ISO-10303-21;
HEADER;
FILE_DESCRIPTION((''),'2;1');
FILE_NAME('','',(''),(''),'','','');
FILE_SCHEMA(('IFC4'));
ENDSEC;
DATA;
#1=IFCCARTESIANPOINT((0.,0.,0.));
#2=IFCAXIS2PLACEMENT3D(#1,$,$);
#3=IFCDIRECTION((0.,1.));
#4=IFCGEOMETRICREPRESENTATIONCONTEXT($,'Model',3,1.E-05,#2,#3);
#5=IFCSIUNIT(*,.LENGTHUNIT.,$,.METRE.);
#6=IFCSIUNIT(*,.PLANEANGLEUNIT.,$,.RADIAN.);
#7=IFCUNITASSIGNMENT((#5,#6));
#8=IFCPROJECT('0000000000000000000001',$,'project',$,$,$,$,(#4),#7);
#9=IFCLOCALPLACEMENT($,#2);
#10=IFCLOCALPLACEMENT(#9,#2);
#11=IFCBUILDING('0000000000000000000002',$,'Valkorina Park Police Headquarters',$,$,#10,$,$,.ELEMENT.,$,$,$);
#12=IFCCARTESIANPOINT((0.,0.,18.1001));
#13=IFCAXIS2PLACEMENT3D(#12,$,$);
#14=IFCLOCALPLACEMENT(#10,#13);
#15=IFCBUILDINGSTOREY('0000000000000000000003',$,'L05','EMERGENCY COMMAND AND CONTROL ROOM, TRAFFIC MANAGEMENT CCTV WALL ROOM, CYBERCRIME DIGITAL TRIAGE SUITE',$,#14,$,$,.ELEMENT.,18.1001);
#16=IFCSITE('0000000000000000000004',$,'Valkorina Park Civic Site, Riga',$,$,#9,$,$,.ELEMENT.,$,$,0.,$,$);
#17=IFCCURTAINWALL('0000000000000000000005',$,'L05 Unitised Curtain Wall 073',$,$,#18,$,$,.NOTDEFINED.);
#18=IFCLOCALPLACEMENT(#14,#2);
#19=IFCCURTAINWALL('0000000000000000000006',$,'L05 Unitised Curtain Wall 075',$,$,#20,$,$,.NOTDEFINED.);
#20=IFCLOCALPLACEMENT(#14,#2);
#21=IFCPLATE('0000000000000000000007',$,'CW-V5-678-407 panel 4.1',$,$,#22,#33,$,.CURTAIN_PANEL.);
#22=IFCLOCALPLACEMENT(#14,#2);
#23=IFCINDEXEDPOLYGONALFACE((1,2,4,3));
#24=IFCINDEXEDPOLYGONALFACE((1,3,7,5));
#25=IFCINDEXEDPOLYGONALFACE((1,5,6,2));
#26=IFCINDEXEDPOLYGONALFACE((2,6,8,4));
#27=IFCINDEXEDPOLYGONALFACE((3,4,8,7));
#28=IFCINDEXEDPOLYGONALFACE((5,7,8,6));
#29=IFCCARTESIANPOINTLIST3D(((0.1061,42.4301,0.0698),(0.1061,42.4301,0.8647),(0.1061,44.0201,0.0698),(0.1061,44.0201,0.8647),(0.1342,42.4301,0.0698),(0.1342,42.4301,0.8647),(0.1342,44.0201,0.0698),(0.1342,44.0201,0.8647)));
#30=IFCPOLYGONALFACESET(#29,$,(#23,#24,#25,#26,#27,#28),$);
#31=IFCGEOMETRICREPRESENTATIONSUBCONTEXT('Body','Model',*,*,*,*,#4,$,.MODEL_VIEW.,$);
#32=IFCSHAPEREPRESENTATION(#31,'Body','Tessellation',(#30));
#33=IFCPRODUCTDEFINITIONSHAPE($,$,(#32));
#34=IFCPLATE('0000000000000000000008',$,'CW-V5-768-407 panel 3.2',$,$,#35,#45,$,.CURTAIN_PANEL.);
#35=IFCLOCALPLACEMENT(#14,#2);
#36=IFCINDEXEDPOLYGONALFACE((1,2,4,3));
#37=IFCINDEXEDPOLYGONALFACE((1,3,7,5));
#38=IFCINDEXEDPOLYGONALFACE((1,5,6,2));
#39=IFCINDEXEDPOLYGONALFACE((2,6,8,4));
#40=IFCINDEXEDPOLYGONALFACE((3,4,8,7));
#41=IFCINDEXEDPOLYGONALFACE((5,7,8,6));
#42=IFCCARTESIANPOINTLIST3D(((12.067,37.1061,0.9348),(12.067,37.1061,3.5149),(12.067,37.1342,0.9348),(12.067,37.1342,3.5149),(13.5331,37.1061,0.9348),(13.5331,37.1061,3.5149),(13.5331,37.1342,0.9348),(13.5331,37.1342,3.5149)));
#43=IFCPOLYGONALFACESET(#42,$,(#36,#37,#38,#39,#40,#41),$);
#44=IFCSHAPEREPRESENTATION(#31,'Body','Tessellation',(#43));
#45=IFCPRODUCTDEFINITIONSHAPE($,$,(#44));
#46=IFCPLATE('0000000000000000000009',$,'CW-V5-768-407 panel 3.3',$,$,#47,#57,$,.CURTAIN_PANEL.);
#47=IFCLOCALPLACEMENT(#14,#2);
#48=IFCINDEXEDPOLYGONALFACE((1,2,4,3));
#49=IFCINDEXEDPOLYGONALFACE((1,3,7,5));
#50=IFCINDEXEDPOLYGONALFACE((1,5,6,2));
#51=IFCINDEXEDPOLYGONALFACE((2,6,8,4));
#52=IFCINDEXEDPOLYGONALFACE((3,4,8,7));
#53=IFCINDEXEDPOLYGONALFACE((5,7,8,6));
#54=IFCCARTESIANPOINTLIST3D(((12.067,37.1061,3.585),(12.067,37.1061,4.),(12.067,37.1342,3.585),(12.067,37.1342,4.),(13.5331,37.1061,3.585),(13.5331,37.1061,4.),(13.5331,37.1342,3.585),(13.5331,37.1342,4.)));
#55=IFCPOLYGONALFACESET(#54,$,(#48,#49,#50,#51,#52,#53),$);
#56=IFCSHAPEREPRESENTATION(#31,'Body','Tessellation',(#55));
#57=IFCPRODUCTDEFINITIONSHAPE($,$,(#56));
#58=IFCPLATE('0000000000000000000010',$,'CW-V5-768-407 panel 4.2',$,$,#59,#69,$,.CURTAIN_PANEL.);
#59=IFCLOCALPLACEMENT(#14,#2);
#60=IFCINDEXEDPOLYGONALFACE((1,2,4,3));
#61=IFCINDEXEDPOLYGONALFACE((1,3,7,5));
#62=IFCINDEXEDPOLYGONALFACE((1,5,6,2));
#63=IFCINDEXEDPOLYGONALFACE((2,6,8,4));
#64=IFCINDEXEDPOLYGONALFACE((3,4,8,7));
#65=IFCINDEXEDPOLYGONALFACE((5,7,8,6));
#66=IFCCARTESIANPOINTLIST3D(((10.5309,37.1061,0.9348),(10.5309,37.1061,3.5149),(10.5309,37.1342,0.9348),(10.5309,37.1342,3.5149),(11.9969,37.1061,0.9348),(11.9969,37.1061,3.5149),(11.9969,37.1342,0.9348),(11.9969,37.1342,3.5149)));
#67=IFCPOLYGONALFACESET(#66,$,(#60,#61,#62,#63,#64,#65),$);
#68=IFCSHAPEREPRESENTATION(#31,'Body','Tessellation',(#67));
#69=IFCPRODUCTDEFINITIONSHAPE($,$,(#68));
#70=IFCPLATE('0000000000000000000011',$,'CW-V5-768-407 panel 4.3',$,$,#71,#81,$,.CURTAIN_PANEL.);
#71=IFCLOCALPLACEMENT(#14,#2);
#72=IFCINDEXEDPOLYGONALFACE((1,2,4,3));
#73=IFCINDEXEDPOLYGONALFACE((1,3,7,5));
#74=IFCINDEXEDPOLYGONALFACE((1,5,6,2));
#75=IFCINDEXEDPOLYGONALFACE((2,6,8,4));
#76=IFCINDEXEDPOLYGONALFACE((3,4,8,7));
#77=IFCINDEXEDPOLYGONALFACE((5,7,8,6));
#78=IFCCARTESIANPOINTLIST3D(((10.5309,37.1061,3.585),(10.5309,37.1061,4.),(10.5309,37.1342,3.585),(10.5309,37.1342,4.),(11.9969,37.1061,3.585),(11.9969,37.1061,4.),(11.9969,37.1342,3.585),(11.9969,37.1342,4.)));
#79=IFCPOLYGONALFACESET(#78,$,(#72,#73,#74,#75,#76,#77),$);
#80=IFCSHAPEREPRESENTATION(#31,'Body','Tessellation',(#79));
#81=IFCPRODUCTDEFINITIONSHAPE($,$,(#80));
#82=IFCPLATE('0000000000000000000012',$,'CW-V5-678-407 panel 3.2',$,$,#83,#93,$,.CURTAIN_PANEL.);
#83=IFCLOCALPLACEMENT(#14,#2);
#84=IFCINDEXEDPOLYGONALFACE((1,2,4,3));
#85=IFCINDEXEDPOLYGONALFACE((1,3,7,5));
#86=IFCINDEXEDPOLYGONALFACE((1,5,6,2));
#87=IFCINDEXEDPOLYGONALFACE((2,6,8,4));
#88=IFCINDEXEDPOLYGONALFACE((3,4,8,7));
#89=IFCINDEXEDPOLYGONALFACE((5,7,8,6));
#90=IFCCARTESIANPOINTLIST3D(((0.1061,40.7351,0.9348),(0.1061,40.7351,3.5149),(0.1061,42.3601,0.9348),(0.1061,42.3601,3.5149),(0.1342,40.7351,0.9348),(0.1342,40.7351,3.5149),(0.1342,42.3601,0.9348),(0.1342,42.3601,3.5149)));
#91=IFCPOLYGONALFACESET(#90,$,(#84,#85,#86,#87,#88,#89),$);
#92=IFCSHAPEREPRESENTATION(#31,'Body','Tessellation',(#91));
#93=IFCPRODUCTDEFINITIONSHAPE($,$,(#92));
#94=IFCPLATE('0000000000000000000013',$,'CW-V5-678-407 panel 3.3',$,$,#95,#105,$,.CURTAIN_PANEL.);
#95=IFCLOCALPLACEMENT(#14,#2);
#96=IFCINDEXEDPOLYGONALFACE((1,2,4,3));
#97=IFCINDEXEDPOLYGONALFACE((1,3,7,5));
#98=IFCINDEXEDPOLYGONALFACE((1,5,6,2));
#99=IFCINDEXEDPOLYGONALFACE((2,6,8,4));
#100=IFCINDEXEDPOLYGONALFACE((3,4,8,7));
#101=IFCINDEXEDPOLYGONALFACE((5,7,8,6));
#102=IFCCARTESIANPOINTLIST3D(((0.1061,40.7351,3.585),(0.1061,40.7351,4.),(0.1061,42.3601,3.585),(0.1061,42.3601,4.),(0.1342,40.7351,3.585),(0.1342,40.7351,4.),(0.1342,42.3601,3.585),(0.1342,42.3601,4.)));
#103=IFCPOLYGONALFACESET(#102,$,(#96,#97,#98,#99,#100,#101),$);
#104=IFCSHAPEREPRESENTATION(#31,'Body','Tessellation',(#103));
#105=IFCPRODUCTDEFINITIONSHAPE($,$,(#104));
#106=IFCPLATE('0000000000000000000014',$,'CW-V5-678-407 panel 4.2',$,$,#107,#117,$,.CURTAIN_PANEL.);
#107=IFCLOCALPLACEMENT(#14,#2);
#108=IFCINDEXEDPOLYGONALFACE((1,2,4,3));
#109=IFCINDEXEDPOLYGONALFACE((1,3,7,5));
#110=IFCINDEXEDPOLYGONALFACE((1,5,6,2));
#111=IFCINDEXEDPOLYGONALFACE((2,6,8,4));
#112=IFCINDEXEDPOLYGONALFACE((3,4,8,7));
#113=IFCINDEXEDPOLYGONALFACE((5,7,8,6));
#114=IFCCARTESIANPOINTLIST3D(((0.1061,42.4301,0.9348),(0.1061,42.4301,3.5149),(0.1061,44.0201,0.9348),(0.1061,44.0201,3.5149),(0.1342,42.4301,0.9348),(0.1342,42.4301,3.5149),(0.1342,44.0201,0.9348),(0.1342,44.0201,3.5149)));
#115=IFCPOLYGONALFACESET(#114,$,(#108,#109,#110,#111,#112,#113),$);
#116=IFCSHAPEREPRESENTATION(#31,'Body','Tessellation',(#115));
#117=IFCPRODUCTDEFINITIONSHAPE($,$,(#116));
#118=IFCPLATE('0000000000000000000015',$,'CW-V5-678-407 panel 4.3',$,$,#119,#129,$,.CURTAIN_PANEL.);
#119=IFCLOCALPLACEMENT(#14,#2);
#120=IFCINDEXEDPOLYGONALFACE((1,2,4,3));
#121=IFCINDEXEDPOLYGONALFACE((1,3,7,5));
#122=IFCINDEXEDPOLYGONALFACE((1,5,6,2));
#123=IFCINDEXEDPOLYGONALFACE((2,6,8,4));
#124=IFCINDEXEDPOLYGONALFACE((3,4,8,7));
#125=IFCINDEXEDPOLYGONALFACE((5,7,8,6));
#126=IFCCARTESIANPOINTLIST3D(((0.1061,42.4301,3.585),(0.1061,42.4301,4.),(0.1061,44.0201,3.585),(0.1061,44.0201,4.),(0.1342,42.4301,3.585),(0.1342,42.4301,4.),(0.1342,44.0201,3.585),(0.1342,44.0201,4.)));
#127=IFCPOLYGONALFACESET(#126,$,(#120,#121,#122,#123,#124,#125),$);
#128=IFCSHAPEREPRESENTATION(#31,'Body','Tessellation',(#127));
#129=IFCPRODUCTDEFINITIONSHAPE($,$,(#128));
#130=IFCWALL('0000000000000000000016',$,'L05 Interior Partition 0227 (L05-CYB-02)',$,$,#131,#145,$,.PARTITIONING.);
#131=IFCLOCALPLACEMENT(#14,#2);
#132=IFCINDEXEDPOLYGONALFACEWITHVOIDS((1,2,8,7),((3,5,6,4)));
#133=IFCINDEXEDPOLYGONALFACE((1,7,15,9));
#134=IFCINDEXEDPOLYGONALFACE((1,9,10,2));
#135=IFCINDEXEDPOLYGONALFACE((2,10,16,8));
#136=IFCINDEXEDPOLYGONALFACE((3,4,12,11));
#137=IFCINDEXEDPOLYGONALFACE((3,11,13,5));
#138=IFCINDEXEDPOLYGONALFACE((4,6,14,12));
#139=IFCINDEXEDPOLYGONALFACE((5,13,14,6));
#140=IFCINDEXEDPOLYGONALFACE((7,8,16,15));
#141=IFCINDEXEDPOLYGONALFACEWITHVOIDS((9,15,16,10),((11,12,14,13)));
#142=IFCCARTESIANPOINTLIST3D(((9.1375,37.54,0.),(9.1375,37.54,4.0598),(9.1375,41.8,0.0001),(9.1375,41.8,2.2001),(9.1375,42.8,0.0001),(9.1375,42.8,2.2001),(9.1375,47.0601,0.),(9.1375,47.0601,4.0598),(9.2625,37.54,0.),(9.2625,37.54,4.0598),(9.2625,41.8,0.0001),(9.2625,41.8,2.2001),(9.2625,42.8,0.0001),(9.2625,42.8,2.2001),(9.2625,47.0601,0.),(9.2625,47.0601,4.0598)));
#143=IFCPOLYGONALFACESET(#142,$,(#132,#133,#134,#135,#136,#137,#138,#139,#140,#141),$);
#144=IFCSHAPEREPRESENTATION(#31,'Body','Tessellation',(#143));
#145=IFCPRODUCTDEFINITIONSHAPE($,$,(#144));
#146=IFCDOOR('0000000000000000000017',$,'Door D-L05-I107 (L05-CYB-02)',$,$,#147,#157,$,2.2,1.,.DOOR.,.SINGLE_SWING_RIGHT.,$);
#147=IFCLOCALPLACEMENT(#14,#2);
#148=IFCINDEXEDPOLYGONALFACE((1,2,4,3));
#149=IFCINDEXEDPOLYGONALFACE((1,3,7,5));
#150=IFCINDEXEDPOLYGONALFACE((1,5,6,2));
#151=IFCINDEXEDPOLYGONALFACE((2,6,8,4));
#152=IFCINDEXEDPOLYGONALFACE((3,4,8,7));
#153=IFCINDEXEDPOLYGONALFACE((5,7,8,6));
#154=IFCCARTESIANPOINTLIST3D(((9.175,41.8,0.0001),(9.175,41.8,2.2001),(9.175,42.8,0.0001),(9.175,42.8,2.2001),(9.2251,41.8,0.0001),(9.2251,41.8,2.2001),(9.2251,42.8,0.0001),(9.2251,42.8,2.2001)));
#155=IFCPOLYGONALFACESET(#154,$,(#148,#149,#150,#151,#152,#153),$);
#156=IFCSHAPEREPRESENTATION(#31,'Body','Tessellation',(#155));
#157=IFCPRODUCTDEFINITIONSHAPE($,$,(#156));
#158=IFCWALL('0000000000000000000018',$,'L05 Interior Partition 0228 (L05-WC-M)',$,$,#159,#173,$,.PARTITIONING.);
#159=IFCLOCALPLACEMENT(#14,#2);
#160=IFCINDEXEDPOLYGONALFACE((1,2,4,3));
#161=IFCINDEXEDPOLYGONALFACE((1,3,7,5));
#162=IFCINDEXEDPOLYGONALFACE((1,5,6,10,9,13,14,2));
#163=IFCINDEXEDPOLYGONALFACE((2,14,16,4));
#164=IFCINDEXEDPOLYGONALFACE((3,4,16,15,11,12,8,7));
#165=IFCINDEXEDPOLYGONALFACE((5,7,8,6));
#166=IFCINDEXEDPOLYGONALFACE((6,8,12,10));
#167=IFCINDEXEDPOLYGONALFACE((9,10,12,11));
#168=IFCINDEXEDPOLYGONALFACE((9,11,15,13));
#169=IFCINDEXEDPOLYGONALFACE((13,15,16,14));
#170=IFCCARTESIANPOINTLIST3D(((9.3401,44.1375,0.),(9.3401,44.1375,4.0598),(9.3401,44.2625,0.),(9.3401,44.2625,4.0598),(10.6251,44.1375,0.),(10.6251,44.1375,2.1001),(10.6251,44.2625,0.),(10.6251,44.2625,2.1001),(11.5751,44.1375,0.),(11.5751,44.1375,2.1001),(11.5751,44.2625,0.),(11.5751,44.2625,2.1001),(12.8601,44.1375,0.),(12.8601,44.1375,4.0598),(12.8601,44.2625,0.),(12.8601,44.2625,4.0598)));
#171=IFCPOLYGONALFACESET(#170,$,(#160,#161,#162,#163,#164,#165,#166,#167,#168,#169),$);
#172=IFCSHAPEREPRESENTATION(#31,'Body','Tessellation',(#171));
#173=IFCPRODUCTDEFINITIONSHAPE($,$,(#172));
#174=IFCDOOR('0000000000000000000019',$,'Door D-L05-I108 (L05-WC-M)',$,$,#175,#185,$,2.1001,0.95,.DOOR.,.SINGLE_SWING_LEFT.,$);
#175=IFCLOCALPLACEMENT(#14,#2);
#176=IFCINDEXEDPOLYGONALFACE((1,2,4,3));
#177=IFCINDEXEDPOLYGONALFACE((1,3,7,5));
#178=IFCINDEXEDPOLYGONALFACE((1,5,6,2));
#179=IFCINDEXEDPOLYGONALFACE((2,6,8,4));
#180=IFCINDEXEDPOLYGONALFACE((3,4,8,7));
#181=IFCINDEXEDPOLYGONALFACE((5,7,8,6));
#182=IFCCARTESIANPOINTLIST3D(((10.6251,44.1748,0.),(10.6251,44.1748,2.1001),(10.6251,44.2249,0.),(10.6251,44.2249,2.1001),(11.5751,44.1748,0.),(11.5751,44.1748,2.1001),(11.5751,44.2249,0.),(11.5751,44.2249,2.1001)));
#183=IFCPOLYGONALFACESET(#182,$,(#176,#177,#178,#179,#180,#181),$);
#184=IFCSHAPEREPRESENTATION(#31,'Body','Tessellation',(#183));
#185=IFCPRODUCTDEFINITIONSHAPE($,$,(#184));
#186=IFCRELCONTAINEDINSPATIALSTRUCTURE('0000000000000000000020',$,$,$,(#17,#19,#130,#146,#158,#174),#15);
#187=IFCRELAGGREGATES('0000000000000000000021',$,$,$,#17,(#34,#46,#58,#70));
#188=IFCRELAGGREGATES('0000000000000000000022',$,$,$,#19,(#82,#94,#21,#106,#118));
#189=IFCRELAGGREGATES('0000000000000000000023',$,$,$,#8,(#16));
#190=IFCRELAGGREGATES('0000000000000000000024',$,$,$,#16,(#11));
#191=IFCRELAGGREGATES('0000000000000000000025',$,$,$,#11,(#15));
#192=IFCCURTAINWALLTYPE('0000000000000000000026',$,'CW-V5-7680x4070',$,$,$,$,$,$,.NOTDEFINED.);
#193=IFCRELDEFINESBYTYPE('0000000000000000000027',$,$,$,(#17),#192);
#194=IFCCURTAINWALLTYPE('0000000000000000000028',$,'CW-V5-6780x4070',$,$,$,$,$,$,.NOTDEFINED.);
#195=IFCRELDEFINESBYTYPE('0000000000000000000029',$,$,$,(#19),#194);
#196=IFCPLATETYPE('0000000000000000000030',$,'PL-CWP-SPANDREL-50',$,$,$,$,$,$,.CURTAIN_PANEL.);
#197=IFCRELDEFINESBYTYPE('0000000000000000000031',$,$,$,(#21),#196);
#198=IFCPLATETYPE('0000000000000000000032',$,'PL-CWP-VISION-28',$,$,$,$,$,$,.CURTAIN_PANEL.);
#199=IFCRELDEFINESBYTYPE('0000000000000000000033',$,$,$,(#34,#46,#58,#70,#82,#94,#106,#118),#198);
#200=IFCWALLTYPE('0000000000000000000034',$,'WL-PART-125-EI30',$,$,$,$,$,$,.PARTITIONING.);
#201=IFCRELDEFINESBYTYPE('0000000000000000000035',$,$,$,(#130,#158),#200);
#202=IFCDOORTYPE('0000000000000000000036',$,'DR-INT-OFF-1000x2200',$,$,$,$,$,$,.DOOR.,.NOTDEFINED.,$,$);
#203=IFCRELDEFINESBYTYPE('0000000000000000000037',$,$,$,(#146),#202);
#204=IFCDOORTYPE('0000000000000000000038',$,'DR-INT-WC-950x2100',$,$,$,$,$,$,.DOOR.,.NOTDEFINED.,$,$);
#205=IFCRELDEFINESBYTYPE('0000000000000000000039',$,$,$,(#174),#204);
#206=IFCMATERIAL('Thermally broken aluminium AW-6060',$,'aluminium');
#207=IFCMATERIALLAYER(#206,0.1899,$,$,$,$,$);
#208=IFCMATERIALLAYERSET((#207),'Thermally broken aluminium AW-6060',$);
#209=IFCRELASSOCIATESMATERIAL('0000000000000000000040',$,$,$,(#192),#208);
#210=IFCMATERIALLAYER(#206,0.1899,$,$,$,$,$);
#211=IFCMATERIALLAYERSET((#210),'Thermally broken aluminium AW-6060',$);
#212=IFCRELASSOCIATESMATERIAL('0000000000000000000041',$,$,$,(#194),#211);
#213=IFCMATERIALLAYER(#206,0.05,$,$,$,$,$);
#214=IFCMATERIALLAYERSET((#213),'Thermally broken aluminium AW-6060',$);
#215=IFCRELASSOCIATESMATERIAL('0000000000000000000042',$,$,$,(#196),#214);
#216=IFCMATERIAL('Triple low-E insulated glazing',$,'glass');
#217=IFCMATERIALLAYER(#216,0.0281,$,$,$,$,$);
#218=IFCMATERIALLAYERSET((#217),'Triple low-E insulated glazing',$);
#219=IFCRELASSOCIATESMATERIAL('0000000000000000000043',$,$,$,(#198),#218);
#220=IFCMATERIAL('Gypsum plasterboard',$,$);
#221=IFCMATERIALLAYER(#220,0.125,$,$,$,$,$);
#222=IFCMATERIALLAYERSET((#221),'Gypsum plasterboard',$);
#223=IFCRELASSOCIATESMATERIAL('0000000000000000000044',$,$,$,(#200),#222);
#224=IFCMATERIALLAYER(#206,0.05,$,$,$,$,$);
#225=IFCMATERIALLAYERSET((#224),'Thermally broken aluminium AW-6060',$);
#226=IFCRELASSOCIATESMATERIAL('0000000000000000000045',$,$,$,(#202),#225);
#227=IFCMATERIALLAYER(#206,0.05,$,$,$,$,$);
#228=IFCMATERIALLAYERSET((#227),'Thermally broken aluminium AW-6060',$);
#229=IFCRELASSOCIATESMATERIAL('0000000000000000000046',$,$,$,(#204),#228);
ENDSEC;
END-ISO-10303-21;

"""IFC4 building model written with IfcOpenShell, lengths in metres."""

from ifc_helpers import new_model, si_unit, direction, frame, frame_2d, origin, origin_2d, place, context, subcontext, project, spatial, rectangle, extrude, material, layer, layer_set, type_object, element, fill, aggregate, save


model = new_model("IFC4")

# Units and contexts
model_context = context("Model", 3, precision=1e-05, world=origin(), true_north=direction((0.0, 1.0)))
body_context = subcontext(model_context, "Body", "Model", "MODEL_VIEW")
ifc_project = project(units=[si_unit("LENGTHUNIT", "METRE"), si_unit("PLANEANGLEUNIT", "RADIAN")], contexts=[model_context])

# Site, building, storey
site_placement = place(None, origin())
site = spatial("IfcSite", under=ifc_project, at=site_placement, Name="Valkorina Park Civic Site, Riga", CompositionType="ELEMENT", RefElevation=0.0)
building_placement = place(site_placement, origin())
building = spatial("IfcBuilding", under=site, at=building_placement, Name="Valkorina Park Police Headquarters", CompositionType="ELEMENT")
storey_placement = place(building_placement, frame((0.0, 0.0, 18.1001)))
storey = spatial("IfcBuildingStorey", under=building, at=storey_placement, Name="L05", Description="EMERGENCY COMMAND AND CONTROL ROOM, TRAFFIC MANAGEMENT CCTV WALL ROOM, CYBERCRIME DIGITAL TRIAGE SUITE", CompositionType="ELEMENT", Elevation=18.1001)

# Curtain wall
ifc_material_1 = material(Name="Thermally broken aluminium AW-6060", Category="aluminium")
ifc_layer_1 = layer(ifc_material_1, 0.1899)
ifc_layer_set_1 = layer_set([ifc_layer_1], Name="Thermally broken aluminium AW-6060")
curtain_wall_type_1 = type_object("IfcCurtainWallType", Name="CW-V5-7680x4070", PredefinedType="NOTDEFINED", material=ifc_layer_set_1)
curtain_wall_1_placement = place(storey_placement, origin())
curtain_wall_1 = element("IfcCurtainWall", 1, at=curtain_wall_1_placement, inside=storey, type_object=curtain_wall_type_1, Name="L05 Unitised Curtain Wall 073", PredefinedType="NOTDEFINED")

# Curtain wall
ifc_layer_2 = layer(ifc_material_1, 0.1899)
ifc_layer_set_2 = layer_set([ifc_layer_2], Name="Thermally broken aluminium AW-6060")
curtain_wall_type_2 = type_object("IfcCurtainWallType", Name="CW-V5-6780x4070", PredefinedType="NOTDEFINED", material=ifc_layer_set_2)
curtain_wall_2_placement = place(storey_placement, origin())
curtain_wall_2 = element("IfcCurtainWall", 2, at=curtain_wall_2_placement, inside=storey, type_object=curtain_wall_type_2, Name="L05 Unitised Curtain Wall 075", PredefinedType="NOTDEFINED")

# Plates
ifc_layer_3 = layer(ifc_material_1, 0.05)
ifc_layer_set_3 = layer_set([ifc_layer_3], Name="Thermally broken aluminium AW-6060")
plate_type_1 = type_object("IfcPlateType", Name="PL-CWP-SPANDREL-50", PredefinedType="CURTAIN_PANEL", material=ifc_layer_set_3)
plate_1_placement = place(storey_placement, frame((0.1201, 43.2251, 0.0698), z_axis=(0.0, 0.0, 1.0), x_axis=(0.0, 1.0, 0.0)))
plate_1 = element("IfcPlate", 3, at=plate_1_placement, type_object=plate_type_1, Name="CW-V5-678-407 panel 4.1", PredefinedType="CURTAIN_PANEL", context=body_context, shape_type="SweptSolid", body=[
    extrude(rectangle(XDim=1.5901, YDim=0.0281, at=origin_2d()), origin(), (0.0, 0.0, 1.0), 0.7949),
])
ifc_material_2 = material(Name="Triple low-E insulated glazing", Category="glass")
ifc_layer_4 = layer(ifc_material_2, 0.0281)
ifc_layer_set_4 = layer_set([ifc_layer_4], Name="Triple low-E insulated glazing")
plate_type_2 = type_object("IfcPlateType", Name="PL-CWP-VISION-28", PredefinedType="CURTAIN_PANEL", material=ifc_layer_set_4)
plate_2_placement = place(storey_placement, frame((12.8, 37.1201, 0.9348), z_axis=(0.0, 0.0, 1.0), x_axis=(-1.0, 0.0, 0.0)))
plate_2 = element("IfcPlate", 4, at=plate_2_placement, type_object=plate_type_2, Name="CW-V5-768-407 panel 3.2", PredefinedType="CURTAIN_PANEL", context=body_context, shape_type="SweptSolid", body=[
    extrude(rectangle(XDim=1.4661, YDim=0.0281, at=origin_2d()), origin(), (0.0, 0.0, 1.0), 2.5801),
])
plate_3_placement = place(storey_placement, frame((12.8, 37.1201, 3.585), z_axis=(0.0, 0.0, 1.0), x_axis=(-1.0, 0.0, 0.0)))
plate_3 = element("IfcPlate", 5, at=plate_3_placement, type_object=plate_type_2, Name="CW-V5-768-407 panel 3.3", PredefinedType="CURTAIN_PANEL", context=body_context, shape_type="SweptSolid", body=[
    extrude(rectangle(XDim=1.4661, YDim=0.0281, at=origin_2d()), origin(), (0.0, 0.0, 1.0), 0.415),
])
plate_4_placement = place(storey_placement, frame((11.2639, 37.1201, 0.9348), z_axis=(0.0, 0.0, 1.0), x_axis=(-1.0, 0.0, 0.0)))
plate_4 = element("IfcPlate", 6, at=plate_4_placement, type_object=plate_type_2, Name="CW-V5-768-407 panel 4.2", PredefinedType="CURTAIN_PANEL", context=body_context, shape_type="SweptSolid", body=[
    extrude(rectangle(XDim=1.4661, YDim=0.0281, at=origin_2d()), origin(), (0.0, 0.0, 1.0), 2.5801),
])
plate_5_placement = place(storey_placement, frame((11.2639, 37.1201, 3.585), z_axis=(0.0, 0.0, 1.0), x_axis=(-1.0, 0.0, 0.0)))
plate_5 = element("IfcPlate", 7, at=plate_5_placement, type_object=plate_type_2, Name="CW-V5-768-407 panel 4.3", PredefinedType="CURTAIN_PANEL", context=body_context, shape_type="SweptSolid", body=[
    extrude(rectangle(XDim=1.4661, YDim=0.0281, at=origin_2d()), origin(), (0.0, 0.0, 1.0), 0.415),
])
aggregate(curtain_wall_1, [plate_2, plate_3, plate_4, plate_5])
plate_6_placement = place(storey_placement, frame((0.1201, 41.5476, 0.9348), z_axis=(0.0, 0.0, 1.0), x_axis=(0.0, 1.0, 0.0)))
plate_6 = element("IfcPlate", 8, at=plate_6_placement, type_object=plate_type_2, Name="CW-V5-678-407 panel 3.2", PredefinedType="CURTAIN_PANEL", context=body_context, shape_type="SweptSolid", body=[
    extrude(rectangle(XDim=1.625, YDim=0.0281, at=origin_2d()), origin(), (0.0, 0.0, 1.0), 2.5801),
])
plate_7_placement = place(storey_placement, frame((0.1201, 41.5476, 3.585), z_axis=(0.0, 0.0, 1.0), x_axis=(0.0, 1.0, 0.0)))
plate_7 = element("IfcPlate", 9, at=plate_7_placement, type_object=plate_type_2, Name="CW-V5-678-407 panel 3.3", PredefinedType="CURTAIN_PANEL", context=body_context, shape_type="SweptSolid", body=[
    extrude(rectangle(XDim=1.625, YDim=0.0281, at=origin_2d()), origin(), (0.0, 0.0, 1.0), 0.415),
])
plate_8_placement = place(storey_placement, frame((0.1201, 43.2251, 0.9348), z_axis=(0.0, 0.0, 1.0), x_axis=(0.0, 1.0, 0.0)))
plate_8 = element("IfcPlate", 10, at=plate_8_placement, type_object=plate_type_2, Name="CW-V5-678-407 panel 4.2", PredefinedType="CURTAIN_PANEL", context=body_context, shape_type="SweptSolid", body=[
    extrude(rectangle(XDim=1.5901, YDim=0.0281, at=origin_2d()), origin(), (0.0, 0.0, 1.0), 2.5801),
])
plate_9_placement = place(storey_placement, frame((0.1201, 43.2251, 3.585), z_axis=(0.0, 0.0, 1.0), x_axis=(0.0, 1.0, 0.0)))
plate_9 = element("IfcPlate", 11, at=plate_9_placement, type_object=plate_type_2, Name="CW-V5-678-407 panel 4.3", PredefinedType="CURTAIN_PANEL", context=body_context, shape_type="SweptSolid", body=[
    extrude(rectangle(XDim=1.5901, YDim=0.0281, at=origin_2d()), origin(), (0.0, 0.0, 1.0), 0.415),
])
aggregate(curtain_wall_2, [plate_6, plate_7, plate_1, plate_8, plate_9])

# Walls, openings, doors
ifc_material_3 = material(Name="Gypsum plasterboard")
ifc_layer_5 = layer(ifc_material_3, 0.125)
ifc_layer_set_5 = layer_set([ifc_layer_5], Name="Gypsum plasterboard")
wall_type = type_object("IfcWallType", Name="WL-PART-125-EI30", PredefinedType="PARTITIONING", material=ifc_layer_set_5)
wall_1_placement = place(storey_placement, frame((9.2, 37.54, 0.0), z_axis=(0.0, 0.0, 1.0), x_axis=(0.0, 1.0, 0.0)))
wall_1 = element("IfcWall", 12, at=wall_1_placement, inside=storey, type_object=wall_type, Name="L05 Interior Partition 0227 (L05-CYB-02)", PredefinedType="PARTITIONING", context=body_context, shape_type="SweptSolid", body=[
    extrude(rectangle(XDim=9.52, YDim=0.125, at=frame_2d((4.76, 0.0))), origin(), (0.0, 0.0, 1.0), 4.0598),
])
opening_1_placement = place(wall_1_placement, frame((4.26, 0.0, 0.0)))
opening_1 = element("IfcOpeningElement", 13, at=opening_1_placement, cuts=wall_1, PredefinedType="OPENING", context=body_context, shape_type="SweptSolid", body=[
    extrude(rectangle(XDim=1.0, YDim=2.2, at=frame_2d((0.5, 1.1001))), frame((0.0, 0.0725, 0.0), z_axis=(0.0, -1.0, 0.0), x_axis=(1.0, 0.0, 0.0)), (0.0, 0.0, 1.0), 0.145),
])
ifc_layer_6 = layer(ifc_material_1, 0.05)
ifc_layer_set_6 = layer_set([ifc_layer_6], Name="Thermally broken aluminium AW-6060")
door_type_1 = type_object("IfcDoorType", Name="DR-INT-OFF-1000x2200", OperationType="NOTDEFINED", PredefinedType="DOOR", material=ifc_layer_set_6)
door_1_placement = place(opening_1_placement, origin())
door_1 = element("IfcDoor", 14, at=door_1_placement, inside=storey, type_object=door_type_1, Name="Door D-L05-I107 (L05-CYB-02)", OperationType="SINGLE_SWING_RIGHT", OverallHeight=2.2, OverallWidth=1.0, PredefinedType="DOOR", context=body_context, shape_type="SweptSolid", body=[
    extrude(rectangle(XDim=1.0, YDim=2.2, at=frame_2d((0.5, 1.1001))), frame((0.0, 0.0249, 0.0), z_axis=(0.0, -1.0, 0.0), x_axis=(1.0, 0.0, 0.0)), (0.0, 0.0, 1.0), 0.05),
])
fill(opening_1, door_1)
wall_2_placement = place(storey_placement, frame((9.3401, 44.2, 0.0), z_axis=(0.0, 0.0, 1.0), x_axis=(1.0, 0.0, 0.0)))
wall_2 = element("IfcWall", 15, at=wall_2_placement, inside=storey, type_object=wall_type, Name="L05 Interior Partition 0228 (L05-WC-M)", PredefinedType="PARTITIONING", context=body_context, shape_type="SweptSolid", body=[
    extrude(rectangle(XDim=3.52, YDim=0.125, at=frame_2d((1.76, 0.0))), origin(), (0.0, 0.0, 1.0), 4.0598),
])
opening_2_placement = place(wall_2_placement, frame((1.2849, 0.0, 0.0)))
opening_2 = element("IfcOpeningElement", 16, at=opening_2_placement, cuts=wall_2, PredefinedType="OPENING", context=body_context, shape_type="SweptSolid", body=[
    extrude(rectangle(XDim=0.95, YDim=2.1001, at=frame_2d((0.4751, 1.05))), frame((0.0, 0.0725, 0.0), z_axis=(0.0, -1.0, 0.0), x_axis=(1.0, 0.0, 0.0)), (0.0, 0.0, 1.0), 0.145),
])
ifc_layer_7 = layer(ifc_material_1, 0.05)
ifc_layer_set_7 = layer_set([ifc_layer_7], Name="Thermally broken aluminium AW-6060")
door_type_2 = type_object("IfcDoorType", Name="DR-INT-WC-950x2100", OperationType="NOTDEFINED", PredefinedType="DOOR", material=ifc_layer_set_7)
door_2_placement = place(opening_2_placement, origin())
door_2 = element("IfcDoor", 17, at=door_2_placement, inside=storey, type_object=door_type_2, Name="Door D-L05-I108 (L05-WC-M)", OperationType="SINGLE_SWING_LEFT", OverallHeight=2.1001, OverallWidth=0.95, PredefinedType="DOOR", context=body_context, shape_type="SweptSolid", body=[
    extrude(rectangle(XDim=0.95, YDim=2.1001, at=frame_2d((0.4751, 1.05))), frame((0.0, 0.0249, 0.0), z_axis=(0.0, -1.0, 0.0), x_axis=(1.0, 0.0, 0.0)), (0.0, 0.0, 1.0), 0.05),
])
fill(opening_2, door_2)

save(model, "model.ifc")
